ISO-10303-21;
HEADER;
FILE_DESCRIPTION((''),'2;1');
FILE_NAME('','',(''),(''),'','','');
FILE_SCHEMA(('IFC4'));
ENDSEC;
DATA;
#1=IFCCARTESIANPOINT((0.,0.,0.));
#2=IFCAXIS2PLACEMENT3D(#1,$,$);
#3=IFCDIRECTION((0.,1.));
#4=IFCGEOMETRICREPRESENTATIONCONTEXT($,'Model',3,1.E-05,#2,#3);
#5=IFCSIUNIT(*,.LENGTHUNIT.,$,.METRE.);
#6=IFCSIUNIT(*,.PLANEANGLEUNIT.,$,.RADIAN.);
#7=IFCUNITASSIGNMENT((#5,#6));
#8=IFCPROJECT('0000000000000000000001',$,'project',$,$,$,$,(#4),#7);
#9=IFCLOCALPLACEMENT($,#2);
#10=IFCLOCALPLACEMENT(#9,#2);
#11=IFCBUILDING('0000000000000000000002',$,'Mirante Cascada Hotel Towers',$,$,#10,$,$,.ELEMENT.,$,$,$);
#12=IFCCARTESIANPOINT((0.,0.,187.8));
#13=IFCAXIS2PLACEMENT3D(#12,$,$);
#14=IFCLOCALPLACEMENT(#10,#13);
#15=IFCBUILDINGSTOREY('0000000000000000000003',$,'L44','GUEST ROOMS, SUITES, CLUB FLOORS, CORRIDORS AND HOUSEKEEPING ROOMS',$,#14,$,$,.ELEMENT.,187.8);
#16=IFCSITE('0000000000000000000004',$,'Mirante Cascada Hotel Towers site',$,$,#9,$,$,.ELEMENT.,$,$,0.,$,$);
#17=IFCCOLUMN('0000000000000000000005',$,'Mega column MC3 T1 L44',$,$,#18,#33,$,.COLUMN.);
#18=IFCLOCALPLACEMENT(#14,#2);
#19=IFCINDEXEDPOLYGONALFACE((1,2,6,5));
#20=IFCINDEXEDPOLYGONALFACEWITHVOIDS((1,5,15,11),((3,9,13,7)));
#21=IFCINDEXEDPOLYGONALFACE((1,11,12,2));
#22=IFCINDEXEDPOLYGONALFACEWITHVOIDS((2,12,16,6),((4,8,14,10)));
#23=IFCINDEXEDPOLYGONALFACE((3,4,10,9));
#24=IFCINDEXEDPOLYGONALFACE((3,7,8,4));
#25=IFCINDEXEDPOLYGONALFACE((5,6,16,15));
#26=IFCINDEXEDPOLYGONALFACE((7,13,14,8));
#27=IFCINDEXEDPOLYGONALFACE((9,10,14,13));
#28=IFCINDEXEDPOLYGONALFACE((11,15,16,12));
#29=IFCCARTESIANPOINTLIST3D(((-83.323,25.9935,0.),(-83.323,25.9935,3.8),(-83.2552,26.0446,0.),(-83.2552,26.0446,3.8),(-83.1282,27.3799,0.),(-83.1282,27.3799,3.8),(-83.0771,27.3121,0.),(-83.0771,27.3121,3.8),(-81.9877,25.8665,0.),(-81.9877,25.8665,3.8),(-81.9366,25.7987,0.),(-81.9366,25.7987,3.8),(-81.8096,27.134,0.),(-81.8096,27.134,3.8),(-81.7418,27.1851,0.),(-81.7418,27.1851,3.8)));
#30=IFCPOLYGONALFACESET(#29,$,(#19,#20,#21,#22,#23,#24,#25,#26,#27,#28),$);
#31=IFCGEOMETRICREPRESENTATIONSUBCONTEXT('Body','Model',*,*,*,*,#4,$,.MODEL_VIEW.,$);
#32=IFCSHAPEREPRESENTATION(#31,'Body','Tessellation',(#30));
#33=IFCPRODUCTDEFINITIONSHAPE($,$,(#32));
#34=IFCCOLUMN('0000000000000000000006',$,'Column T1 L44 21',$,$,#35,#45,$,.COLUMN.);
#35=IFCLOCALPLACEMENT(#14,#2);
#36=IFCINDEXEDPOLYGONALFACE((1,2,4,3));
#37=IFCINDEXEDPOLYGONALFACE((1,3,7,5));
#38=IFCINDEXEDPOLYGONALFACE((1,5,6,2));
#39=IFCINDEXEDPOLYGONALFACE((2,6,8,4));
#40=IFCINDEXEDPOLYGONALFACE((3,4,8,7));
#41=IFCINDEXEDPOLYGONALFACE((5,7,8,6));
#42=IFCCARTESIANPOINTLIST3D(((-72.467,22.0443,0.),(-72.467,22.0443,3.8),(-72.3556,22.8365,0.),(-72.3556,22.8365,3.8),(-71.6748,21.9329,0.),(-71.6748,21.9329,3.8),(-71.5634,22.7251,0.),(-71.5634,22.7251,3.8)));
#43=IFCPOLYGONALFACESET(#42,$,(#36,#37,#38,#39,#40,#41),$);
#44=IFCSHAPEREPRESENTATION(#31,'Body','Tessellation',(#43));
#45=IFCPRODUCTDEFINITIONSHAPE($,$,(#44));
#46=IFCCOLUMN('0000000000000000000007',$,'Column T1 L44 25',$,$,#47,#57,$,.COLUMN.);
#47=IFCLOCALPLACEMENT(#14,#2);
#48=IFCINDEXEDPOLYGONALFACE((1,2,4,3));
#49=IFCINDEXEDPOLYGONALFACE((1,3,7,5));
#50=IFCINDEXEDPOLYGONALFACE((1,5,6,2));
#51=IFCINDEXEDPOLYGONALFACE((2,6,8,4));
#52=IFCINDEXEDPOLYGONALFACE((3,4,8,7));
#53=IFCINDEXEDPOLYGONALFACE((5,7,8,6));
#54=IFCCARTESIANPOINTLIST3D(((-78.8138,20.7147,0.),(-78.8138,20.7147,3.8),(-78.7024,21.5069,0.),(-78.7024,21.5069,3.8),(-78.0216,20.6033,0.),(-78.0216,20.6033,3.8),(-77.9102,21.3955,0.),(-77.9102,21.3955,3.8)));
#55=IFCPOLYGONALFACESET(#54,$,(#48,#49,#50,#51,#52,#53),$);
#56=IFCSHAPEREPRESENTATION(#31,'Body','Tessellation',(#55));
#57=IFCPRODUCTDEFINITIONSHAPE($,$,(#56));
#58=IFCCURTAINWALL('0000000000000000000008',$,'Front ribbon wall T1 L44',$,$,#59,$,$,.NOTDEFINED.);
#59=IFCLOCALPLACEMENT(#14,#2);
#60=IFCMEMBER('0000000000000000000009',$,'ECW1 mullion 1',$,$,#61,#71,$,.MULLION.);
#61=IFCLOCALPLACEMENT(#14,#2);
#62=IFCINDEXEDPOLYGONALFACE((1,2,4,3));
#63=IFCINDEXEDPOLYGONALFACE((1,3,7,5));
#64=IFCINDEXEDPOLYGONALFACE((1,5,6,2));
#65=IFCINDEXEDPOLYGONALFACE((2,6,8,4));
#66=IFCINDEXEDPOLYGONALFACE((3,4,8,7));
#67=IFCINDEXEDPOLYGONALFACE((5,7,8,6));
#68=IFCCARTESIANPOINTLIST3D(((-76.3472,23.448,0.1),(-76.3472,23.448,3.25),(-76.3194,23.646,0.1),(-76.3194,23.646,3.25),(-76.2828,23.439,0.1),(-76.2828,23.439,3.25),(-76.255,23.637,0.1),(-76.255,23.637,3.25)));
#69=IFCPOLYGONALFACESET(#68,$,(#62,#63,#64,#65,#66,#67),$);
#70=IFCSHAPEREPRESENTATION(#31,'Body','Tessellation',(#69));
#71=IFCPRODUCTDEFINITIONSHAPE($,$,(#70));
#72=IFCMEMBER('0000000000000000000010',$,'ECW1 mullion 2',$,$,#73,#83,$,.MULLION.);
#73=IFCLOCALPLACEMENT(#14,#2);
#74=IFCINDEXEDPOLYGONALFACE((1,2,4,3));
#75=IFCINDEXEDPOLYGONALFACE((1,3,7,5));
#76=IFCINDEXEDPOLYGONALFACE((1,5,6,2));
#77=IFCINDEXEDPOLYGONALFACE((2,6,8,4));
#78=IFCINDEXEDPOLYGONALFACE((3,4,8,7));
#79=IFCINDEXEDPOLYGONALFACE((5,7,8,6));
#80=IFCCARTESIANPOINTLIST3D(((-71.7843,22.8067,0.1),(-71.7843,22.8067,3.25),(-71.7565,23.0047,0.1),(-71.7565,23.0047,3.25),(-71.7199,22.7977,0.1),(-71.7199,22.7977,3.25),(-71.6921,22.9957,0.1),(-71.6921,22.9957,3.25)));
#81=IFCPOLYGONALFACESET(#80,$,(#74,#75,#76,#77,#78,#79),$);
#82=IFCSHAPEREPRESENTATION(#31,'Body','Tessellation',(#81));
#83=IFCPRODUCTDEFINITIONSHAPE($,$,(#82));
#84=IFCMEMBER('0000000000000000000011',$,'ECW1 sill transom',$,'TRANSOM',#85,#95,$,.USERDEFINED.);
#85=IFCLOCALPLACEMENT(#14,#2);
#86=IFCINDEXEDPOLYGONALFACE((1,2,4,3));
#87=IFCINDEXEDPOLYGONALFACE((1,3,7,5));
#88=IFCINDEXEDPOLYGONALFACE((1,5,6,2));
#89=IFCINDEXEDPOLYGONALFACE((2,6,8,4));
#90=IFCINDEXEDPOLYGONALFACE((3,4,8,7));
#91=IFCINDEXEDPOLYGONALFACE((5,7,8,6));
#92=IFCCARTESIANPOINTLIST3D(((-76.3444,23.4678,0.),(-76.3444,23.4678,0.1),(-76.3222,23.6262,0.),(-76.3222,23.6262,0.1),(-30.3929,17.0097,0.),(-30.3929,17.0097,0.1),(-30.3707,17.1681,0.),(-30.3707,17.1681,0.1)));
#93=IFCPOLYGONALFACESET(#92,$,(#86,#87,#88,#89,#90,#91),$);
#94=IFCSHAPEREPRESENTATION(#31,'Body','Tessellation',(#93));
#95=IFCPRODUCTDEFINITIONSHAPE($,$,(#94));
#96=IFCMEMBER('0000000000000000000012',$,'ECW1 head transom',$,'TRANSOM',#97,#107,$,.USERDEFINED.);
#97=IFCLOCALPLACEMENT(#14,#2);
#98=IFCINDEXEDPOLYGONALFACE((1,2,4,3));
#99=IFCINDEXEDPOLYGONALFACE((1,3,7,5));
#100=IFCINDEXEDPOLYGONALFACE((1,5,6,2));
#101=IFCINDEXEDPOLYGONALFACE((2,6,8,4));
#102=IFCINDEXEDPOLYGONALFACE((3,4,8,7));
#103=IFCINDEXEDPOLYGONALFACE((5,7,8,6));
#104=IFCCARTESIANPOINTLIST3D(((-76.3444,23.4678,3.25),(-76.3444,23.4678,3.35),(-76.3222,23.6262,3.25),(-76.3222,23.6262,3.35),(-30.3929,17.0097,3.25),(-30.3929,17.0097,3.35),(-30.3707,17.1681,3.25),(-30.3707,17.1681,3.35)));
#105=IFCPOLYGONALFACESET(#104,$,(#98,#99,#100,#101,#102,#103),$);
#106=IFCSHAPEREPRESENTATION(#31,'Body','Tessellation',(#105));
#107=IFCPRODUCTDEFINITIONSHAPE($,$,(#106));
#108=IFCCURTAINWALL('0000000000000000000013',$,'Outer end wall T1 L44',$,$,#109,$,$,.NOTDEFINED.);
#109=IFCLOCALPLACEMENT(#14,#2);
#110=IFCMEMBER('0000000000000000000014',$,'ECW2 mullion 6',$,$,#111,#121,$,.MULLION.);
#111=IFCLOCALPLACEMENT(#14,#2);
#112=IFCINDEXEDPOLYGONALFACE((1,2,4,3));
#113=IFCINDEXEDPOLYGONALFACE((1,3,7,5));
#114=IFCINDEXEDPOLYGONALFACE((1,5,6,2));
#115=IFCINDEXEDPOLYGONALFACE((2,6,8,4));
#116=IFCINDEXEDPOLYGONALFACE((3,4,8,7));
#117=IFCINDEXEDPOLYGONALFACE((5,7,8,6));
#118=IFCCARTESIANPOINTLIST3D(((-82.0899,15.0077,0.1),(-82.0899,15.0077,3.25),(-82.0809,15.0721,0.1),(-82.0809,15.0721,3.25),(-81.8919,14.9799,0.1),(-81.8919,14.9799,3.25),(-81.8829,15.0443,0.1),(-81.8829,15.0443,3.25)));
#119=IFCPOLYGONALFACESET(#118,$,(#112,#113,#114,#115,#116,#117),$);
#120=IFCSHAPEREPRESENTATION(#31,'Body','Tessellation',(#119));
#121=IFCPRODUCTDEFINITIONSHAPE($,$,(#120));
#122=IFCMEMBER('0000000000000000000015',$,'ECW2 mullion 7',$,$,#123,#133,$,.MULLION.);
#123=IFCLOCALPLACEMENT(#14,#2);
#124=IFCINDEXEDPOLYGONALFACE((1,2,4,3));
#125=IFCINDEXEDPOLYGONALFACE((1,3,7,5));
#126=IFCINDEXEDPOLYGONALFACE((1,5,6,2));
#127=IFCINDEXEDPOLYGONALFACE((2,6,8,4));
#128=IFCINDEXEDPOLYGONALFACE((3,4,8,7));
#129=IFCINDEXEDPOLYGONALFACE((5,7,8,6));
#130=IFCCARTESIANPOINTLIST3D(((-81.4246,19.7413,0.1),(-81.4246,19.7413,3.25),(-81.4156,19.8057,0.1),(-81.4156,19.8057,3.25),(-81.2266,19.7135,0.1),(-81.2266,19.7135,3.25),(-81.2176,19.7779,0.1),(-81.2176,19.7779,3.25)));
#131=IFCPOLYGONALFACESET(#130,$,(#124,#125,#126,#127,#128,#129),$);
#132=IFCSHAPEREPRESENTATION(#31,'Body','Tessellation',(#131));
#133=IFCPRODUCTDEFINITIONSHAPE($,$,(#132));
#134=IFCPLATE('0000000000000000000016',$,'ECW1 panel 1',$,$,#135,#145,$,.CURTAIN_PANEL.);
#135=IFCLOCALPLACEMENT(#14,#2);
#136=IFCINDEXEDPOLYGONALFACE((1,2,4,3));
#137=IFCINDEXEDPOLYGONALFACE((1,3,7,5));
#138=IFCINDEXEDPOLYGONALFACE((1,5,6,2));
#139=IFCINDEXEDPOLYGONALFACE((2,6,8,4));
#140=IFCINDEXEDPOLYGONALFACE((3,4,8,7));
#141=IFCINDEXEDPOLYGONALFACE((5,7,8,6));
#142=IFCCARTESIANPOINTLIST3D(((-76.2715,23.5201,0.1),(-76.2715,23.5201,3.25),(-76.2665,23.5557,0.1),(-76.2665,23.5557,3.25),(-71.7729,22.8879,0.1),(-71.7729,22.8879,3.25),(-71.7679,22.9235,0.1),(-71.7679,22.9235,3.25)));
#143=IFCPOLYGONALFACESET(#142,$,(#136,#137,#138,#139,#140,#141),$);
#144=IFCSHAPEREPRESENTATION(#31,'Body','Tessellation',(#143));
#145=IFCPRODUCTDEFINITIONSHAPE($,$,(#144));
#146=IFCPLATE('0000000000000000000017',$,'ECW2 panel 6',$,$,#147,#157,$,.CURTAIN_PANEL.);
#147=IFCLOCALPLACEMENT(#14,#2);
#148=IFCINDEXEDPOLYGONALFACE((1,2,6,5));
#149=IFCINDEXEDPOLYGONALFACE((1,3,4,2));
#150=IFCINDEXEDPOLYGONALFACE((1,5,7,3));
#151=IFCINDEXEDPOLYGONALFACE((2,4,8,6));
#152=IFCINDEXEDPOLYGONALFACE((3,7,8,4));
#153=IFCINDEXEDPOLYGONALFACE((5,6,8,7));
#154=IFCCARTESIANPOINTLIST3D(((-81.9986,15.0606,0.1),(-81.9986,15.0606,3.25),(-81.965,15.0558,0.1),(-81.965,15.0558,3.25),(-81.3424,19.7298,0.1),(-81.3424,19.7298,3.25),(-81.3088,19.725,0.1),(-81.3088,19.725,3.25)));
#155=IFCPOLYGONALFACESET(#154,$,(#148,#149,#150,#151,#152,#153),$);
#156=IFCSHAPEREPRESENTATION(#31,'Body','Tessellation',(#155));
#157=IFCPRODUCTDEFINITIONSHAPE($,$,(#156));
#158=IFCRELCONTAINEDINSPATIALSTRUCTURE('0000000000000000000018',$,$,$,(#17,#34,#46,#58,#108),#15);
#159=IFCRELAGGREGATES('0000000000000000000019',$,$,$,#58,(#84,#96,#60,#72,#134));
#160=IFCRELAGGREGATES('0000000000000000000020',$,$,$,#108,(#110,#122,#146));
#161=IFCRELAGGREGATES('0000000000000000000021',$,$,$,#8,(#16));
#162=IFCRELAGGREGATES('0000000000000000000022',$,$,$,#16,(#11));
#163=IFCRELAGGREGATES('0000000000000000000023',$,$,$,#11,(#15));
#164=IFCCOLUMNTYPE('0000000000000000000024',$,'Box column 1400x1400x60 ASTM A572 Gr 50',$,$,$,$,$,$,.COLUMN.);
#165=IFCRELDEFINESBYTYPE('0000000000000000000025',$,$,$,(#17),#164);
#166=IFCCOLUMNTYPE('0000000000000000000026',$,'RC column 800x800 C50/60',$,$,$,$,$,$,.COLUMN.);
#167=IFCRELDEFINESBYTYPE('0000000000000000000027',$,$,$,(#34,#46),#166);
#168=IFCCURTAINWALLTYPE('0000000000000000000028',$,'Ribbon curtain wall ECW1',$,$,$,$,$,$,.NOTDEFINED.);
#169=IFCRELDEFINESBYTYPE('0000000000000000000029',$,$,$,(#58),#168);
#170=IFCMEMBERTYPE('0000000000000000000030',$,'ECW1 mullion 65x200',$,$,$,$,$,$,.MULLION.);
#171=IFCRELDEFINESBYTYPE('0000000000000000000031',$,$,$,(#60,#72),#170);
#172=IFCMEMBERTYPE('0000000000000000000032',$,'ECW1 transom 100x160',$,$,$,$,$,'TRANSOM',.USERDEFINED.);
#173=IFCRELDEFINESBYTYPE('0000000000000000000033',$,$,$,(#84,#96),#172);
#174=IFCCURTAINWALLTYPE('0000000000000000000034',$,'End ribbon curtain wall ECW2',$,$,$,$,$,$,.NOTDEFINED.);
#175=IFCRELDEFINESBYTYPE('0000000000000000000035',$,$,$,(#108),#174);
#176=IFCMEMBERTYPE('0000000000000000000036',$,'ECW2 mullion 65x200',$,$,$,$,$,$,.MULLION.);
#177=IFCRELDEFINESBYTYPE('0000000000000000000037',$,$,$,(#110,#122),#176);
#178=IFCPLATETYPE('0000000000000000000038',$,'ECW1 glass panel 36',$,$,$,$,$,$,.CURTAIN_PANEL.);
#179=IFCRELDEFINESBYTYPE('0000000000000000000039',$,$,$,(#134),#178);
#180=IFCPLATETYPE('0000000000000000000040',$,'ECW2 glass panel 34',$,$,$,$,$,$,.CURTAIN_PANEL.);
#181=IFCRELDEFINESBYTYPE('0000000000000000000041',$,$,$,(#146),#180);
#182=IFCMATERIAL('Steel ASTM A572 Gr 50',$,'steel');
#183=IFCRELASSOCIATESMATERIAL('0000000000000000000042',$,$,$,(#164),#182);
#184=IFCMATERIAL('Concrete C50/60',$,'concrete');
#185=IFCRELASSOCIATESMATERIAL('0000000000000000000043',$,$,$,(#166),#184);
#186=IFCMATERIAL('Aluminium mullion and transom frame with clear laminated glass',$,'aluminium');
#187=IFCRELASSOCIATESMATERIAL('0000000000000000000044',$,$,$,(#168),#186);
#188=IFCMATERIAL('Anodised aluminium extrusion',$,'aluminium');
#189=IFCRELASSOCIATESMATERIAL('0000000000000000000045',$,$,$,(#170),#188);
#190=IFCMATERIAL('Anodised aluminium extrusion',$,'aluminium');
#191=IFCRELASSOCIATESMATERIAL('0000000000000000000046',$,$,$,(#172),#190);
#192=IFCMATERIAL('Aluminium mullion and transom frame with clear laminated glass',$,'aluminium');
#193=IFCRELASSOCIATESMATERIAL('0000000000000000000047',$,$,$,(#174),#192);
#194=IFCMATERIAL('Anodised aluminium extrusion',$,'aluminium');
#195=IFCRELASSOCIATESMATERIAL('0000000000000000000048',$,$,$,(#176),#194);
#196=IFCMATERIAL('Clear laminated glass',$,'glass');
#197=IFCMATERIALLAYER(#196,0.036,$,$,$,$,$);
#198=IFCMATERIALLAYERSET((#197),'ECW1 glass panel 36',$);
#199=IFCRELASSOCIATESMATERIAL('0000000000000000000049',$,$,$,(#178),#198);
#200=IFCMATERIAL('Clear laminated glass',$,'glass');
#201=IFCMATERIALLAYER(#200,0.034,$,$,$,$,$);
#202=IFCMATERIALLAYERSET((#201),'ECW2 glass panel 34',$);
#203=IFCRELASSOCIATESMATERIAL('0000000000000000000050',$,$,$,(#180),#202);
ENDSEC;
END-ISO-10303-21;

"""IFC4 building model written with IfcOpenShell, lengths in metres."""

from ifc_helpers import new_model, si_unit, direction, frame, origin, origin_2d, place, context, subcontext, project, spatial, rectangle, hollow_rectangle, extrude, material, layer, layer_set, material_profile, profile_set, type_object, element, aggregate, save


model = new_model("IFC4")

# Units and contexts
model_context = context("Model", 3, precision=1e-05, world=origin(), true_north=direction((0.0, 1.0)))
body_context = subcontext(model_context, "Body", "Model", "MODEL_VIEW")
ifc_project = project(units=[si_unit("LENGTHUNIT", "METRE"), si_unit("PLANEANGLEUNIT", "RADIAN")], contexts=[model_context])

# Site, building, storey
site_placement = place(None, origin())
site = spatial("IfcSite", under=ifc_project, at=site_placement, Name="Mirante Cascada Hotel Towers site", CompositionType="ELEMENT", RefElevation=0.0)
building_placement = place(site_placement, origin())
building = spatial("IfcBuilding", under=site, at=building_placement, Name="Mirante Cascada Hotel Towers", CompositionType="ELEMENT")
storey_placement = place(building_placement, frame((0.0, 0.0, 187.8)))
storey = spatial("IfcBuildingStorey", under=building, at=storey_placement, Name="L44", Description="GUEST ROOMS, SUITES, CLUB FLOORS, CORRIDORS AND HOUSEKEEPING ROOMS", CompositionType="ELEMENT", Elevation=187.8)

# Columns
ifc_material_1 = material(Name="Steel ASTM A572 Gr 50", Category="steel")
ifc_material_profile_1 = material_profile(ifc_material_1, hollow_rectangle(XDim=1.4, YDim=1.4, WallThickness=0.06, at=origin_2d()), Name="Box column 1400x1400x60 ASTM A572 Gr 50")
ifc_profile_set_1 = profile_set([ifc_material_profile_1], Name="Steel ASTM A572 Gr 50")
column_type_1 = type_object("IfcColumnType", Name="Box column 1400x1400x60 ASTM A572 Gr 50", PredefinedType="COLUMN", material=ifc_profile_set_1)
column_placement = place(storey_placement, frame((-82.5324, 26.5893, 0.0), z_axis=(0.0, 0.0, 1.0), x_axis=(-0.990268, 0.139173, 0.0)))
element("IfcColumn", 1, at=column_placement, inside=storey, type_object=column_type_1, Name="Mega column MC3 T1 L44", PredefinedType="COLUMN", context=body_context, shape_type="SweptSolid", body=[
    extrude(hollow_rectangle(XDim=1.4, YDim=1.4, WallThickness=0.06, at=origin_2d()), origin(), (0.0, 0.0, 1.0), 3.8),
])
ifc_material_2 = material(Name="Concrete C50/60", Category="concrete")
ifc_material_profile_2 = material_profile(ifc_material_2, rectangle(XDim=0.8, YDim=0.8, at=origin_2d()), Name="RC column 800x800 C50/60")
ifc_profile_set_2 = profile_set([ifc_material_profile_2], Name="Concrete C50/60")
column_type_2 = type_object("IfcColumnType", Name="RC column 800x800 C50/60", PredefinedType="COLUMN", material=ifc_profile_set_2)
for number, where, z_axis, x_axis, name in (
    (2, (-72.0152, 22.3847, 0.0), (0.0, 0.0, 1.0), (-0.990268, 0.139173, 0.0), "Column T1 L44 21"),
    (3, (-78.362, 21.0551, 0.0), (0.0, 0.0, 1.0), (-0.990268, 0.139173, 0.0), "Column T1 L44 25"),
):
    element("IfcColumn", number, at=place(storey_placement, frame(where, z_axis=z_axis, x_axis=x_axis)), inside=storey, type_object=column_type_2, Name=name, PredefinedType="COLUMN", context=body_context, shape_type="SweptSolid", body=[
        extrude(rectangle(XDim=0.8, YDim=0.8, at=origin_2d()), origin(), (0.0, 0.0, 1.0), 3.8),
    ])

# Curtain walls, members
ifc_material_3 = material(Name="Aluminium mullion and transom frame with clear laminated glass", Category="aluminium")
curtain_wall_type_1 = type_object("IfcCurtainWallType", Name="Ribbon curtain wall ECW1", PredefinedType="NOTDEFINED", material=ifc_material_3)
curtain_wall_1_placement = place(storey_placement, origin())
curtain_wall_1 = element("IfcCurtainWall", 4, at=curtain_wall_1_placement, inside=storey, type_object=curtain_wall_type_1, Name="Front ribbon wall T1 L44", PredefinedType="NOTDEFINED")
ifc_material_4 = material(Name="Anodised aluminium extrusion", Category="aluminium")
ifc_material_profile_3 = material_profile(ifc_material_4, rectangle(XDim=0.2, YDim=0.065, at=origin_2d()), Name="ECW1 MULLION 65x200")
ifc_profile_set_3 = profile_set([ifc_material_profile_3], Name="Anodised aluminium extrusion")
member_type_1 = type_object("IfcMemberType", Name="ECW1 mullion 65x200", PredefinedType="MULLION", material=ifc_profile_set_3)
member_1_placement = place(storey_placement, frame((-76.3011, 23.5425, 0.1), z_axis=(0.0, 0.0, 1.0), x_axis=(0.139173, 0.990268, 0.0)))
member_1 = element("IfcMember", 5, at=member_1_placement, type_object=member_type_1, Name="ECW1 mullion 1", PredefinedType="MULLION", context=body_context, shape_type="SweptSolid", body=[
    extrude(rectangle(XDim=0.2, YDim=0.065, at=origin_2d()), origin(), (0.0, 0.0, 1.0), 3.15),
])
member_2_placement = place(storey_placement, frame((-71.7382, 22.9012, 0.1), z_axis=(0.0, 0.0, 1.0), x_axis=(0.139173, 0.990268, 0.0)))
member_2 = element("IfcMember", 6, at=member_2_placement, type_object=member_type_1, Name="ECW1 mullion 2", PredefinedType="MULLION", context=body_context, shape_type="SweptSolid", body=[
    extrude(rectangle(XDim=0.2, YDim=0.065, at=origin_2d()), origin(), (0.0, 0.0, 1.0), 3.15),
])
ifc_material_5 = material(Name="Anodised aluminium extrusion", Category="aluminium")
ifc_material_profile_4 = material_profile(ifc_material_5, rectangle(XDim=0.16, YDim=0.1, at=origin_2d()), Name="ECW1 TRANSOM 100x160")
ifc_profile_set_4 = profile_set([ifc_material_profile_4], Name="Anodised aluminium extrusion")
member_type_2 = type_object("IfcMemberType", Name="ECW1 transom 100x160", ElementType="TRANSOM", PredefinedType="USERDEFINED", material=ifc_profile_set_4)
member_3_placement = place(storey_placement, frame((-76.3333, 23.547, 0.05), z_axis=(0.990268, -0.139174, 0.0), x_axis=(0.139174, 0.990268, 0.0)))
member_3 = element("IfcMember", 7, at=member_3_placement, type_object=member_type_2, Name="ECW1 sill transom", ObjectType="TRANSOM", PredefinedType="USERDEFINED", context=body_context, shape_type="SweptSolid", body=[
    extrude(rectangle(XDim=0.16, YDim=0.1, at=origin_2d()), origin(), (0.0, 0.0, 1.0), 46.4031),
])
member_4_placement = place(storey_placement, frame((-76.3333, 23.547, 3.3), z_axis=(0.990268, -0.139174, 0.0), x_axis=(0.139174, 0.990268, 0.0)))
member_4 = element("IfcMember", 8, at=member_4_placement, type_object=member_type_2, Name="ECW1 head transom", ObjectType="TRANSOM", PredefinedType="USERDEFINED", context=body_context, shape_type="SweptSolid", body=[
    extrude(rectangle(XDim=0.16, YDim=0.1, at=origin_2d()), origin(), (0.0, 0.0, 1.0), 46.4031),
])
ifc_material_6 = material(Name="Aluminium mullion and transom frame with clear laminated glass", Category="aluminium")
curtain_wall_type_2 = type_object("IfcCurtainWallType", Name="End ribbon curtain wall ECW2", PredefinedType="NOTDEFINED", material=ifc_material_6)
curtain_wall_2_placement = place(storey_placement, origin())
curtain_wall_2 = element("IfcCurtainWall", 9, at=curtain_wall_2_placement, inside=storey, type_object=curtain_wall_type_2, Name="Outer end wall T1 L44", PredefinedType="NOTDEFINED")
ifc_material_7 = material(Name="Anodised aluminium extrusion", Category="aluminium")
ifc_material_profile_5 = material_profile(ifc_material_7, rectangle(XDim=0.2, YDim=0.065, at=origin_2d()), Name="ECW2 MULLION 65x200")
ifc_profile_set_5 = profile_set([ifc_material_profile_5], Name="Anodised aluminium extrusion")
member_type_3 = type_object("IfcMemberType", Name="ECW2 mullion 65x200", PredefinedType="MULLION", material=ifc_profile_set_5)
member_5_placement = place(storey_placement, frame((-81.9864, 15.026, 0.1), z_axis=(0.0, 0.0, 1.0), x_axis=(-0.990268, 0.139173, 0.0)))
member_5 = element("IfcMember", 10, at=member_5_placement, type_object=member_type_3, Name="ECW2 mullion 6", PredefinedType="MULLION", context=body_context, shape_type="SweptSolid", body=[
    extrude(rectangle(XDim=0.2, YDim=0.065, at=origin_2d()), origin(), (0.0, 0.0, 1.0), 3.15),
])
member_6_placement = place(storey_placement, frame((-81.3211, 19.7596, 0.1), z_axis=(0.0, 0.0, 1.0), x_axis=(-0.990268, 0.139173, 0.0)))
member_6 = element("IfcMember", 11, at=member_6_placement, type_object=member_type_3, Name="ECW2 mullion 7", PredefinedType="MULLION", context=body_context, shape_type="SweptSolid", body=[
    extrude(rectangle(XDim=0.2, YDim=0.065, at=origin_2d()), origin(), (0.0, 0.0, 1.0), 3.15),
])

# Plates
ifc_material_8 = material(Name="Clear laminated glass", Category="glass")
ifc_layer_1 = layer(ifc_material_8, 0.036)
ifc_layer_set_1 = layer_set([ifc_layer_1], Name="ECW1 glass panel 36")
plate_type_1 = type_object("IfcPlateType", Name="ECW1 glass panel 36", PredefinedType="CURTAIN_PANEL", material=ifc_layer_set_1)
plate_1_placement = place(storey_placement, frame((-74.0197, 23.2218, 0.1), z_axis=(0.0, 0.0, 1.0), x_axis=(0.990268, -0.139173, 0.0)))
plate_1 = element("IfcPlate", 12, at=plate_1_placement, type_object=plate_type_1, Name="ECW1 panel 1", PredefinedType="CURTAIN_PANEL", context=body_context, shape_type="SweptSolid", body=[
    extrude(rectangle(XDim=4.5428, YDim=0.036, at=origin_2d()), origin(), (0.0, 0.0, 1.0), 3.15),
])
aggregate(curtain_wall_1, [member_3, member_4, member_1, member_2, plate_1])
ifc_material_9 = material(Name="Clear laminated glass", Category="glass")
ifc_layer_2 = layer(ifc_material_9, 0.034)
ifc_layer_set_2 = layer_set([ifc_layer_2], Name="ECW2 glass panel 34")
plate_type_2 = type_object("IfcPlateType", Name="ECW2 glass panel 34", PredefinedType="CURTAIN_PANEL", material=ifc_layer_set_2)
plate_2_placement = place(storey_placement, frame((-81.6537, 17.3928, 0.1), z_axis=(0.0, 0.0, 1.0), x_axis=(0.139173, 0.990268, 0.0)))
plate_2 = element("IfcPlate", 13, at=plate_2_placement, type_object=plate_type_2, Name="ECW2 panel 6", PredefinedType="CURTAIN_PANEL", context=body_context, shape_type="SweptSolid", body=[
    extrude(rectangle(XDim=4.7151, YDim=0.034, at=origin_2d()), origin(), (0.0, 0.0, 1.0), 3.15),
])
aggregate(curtain_wall_2, [member_5, member_6, plate_2])

save(model, "model.ifc")
